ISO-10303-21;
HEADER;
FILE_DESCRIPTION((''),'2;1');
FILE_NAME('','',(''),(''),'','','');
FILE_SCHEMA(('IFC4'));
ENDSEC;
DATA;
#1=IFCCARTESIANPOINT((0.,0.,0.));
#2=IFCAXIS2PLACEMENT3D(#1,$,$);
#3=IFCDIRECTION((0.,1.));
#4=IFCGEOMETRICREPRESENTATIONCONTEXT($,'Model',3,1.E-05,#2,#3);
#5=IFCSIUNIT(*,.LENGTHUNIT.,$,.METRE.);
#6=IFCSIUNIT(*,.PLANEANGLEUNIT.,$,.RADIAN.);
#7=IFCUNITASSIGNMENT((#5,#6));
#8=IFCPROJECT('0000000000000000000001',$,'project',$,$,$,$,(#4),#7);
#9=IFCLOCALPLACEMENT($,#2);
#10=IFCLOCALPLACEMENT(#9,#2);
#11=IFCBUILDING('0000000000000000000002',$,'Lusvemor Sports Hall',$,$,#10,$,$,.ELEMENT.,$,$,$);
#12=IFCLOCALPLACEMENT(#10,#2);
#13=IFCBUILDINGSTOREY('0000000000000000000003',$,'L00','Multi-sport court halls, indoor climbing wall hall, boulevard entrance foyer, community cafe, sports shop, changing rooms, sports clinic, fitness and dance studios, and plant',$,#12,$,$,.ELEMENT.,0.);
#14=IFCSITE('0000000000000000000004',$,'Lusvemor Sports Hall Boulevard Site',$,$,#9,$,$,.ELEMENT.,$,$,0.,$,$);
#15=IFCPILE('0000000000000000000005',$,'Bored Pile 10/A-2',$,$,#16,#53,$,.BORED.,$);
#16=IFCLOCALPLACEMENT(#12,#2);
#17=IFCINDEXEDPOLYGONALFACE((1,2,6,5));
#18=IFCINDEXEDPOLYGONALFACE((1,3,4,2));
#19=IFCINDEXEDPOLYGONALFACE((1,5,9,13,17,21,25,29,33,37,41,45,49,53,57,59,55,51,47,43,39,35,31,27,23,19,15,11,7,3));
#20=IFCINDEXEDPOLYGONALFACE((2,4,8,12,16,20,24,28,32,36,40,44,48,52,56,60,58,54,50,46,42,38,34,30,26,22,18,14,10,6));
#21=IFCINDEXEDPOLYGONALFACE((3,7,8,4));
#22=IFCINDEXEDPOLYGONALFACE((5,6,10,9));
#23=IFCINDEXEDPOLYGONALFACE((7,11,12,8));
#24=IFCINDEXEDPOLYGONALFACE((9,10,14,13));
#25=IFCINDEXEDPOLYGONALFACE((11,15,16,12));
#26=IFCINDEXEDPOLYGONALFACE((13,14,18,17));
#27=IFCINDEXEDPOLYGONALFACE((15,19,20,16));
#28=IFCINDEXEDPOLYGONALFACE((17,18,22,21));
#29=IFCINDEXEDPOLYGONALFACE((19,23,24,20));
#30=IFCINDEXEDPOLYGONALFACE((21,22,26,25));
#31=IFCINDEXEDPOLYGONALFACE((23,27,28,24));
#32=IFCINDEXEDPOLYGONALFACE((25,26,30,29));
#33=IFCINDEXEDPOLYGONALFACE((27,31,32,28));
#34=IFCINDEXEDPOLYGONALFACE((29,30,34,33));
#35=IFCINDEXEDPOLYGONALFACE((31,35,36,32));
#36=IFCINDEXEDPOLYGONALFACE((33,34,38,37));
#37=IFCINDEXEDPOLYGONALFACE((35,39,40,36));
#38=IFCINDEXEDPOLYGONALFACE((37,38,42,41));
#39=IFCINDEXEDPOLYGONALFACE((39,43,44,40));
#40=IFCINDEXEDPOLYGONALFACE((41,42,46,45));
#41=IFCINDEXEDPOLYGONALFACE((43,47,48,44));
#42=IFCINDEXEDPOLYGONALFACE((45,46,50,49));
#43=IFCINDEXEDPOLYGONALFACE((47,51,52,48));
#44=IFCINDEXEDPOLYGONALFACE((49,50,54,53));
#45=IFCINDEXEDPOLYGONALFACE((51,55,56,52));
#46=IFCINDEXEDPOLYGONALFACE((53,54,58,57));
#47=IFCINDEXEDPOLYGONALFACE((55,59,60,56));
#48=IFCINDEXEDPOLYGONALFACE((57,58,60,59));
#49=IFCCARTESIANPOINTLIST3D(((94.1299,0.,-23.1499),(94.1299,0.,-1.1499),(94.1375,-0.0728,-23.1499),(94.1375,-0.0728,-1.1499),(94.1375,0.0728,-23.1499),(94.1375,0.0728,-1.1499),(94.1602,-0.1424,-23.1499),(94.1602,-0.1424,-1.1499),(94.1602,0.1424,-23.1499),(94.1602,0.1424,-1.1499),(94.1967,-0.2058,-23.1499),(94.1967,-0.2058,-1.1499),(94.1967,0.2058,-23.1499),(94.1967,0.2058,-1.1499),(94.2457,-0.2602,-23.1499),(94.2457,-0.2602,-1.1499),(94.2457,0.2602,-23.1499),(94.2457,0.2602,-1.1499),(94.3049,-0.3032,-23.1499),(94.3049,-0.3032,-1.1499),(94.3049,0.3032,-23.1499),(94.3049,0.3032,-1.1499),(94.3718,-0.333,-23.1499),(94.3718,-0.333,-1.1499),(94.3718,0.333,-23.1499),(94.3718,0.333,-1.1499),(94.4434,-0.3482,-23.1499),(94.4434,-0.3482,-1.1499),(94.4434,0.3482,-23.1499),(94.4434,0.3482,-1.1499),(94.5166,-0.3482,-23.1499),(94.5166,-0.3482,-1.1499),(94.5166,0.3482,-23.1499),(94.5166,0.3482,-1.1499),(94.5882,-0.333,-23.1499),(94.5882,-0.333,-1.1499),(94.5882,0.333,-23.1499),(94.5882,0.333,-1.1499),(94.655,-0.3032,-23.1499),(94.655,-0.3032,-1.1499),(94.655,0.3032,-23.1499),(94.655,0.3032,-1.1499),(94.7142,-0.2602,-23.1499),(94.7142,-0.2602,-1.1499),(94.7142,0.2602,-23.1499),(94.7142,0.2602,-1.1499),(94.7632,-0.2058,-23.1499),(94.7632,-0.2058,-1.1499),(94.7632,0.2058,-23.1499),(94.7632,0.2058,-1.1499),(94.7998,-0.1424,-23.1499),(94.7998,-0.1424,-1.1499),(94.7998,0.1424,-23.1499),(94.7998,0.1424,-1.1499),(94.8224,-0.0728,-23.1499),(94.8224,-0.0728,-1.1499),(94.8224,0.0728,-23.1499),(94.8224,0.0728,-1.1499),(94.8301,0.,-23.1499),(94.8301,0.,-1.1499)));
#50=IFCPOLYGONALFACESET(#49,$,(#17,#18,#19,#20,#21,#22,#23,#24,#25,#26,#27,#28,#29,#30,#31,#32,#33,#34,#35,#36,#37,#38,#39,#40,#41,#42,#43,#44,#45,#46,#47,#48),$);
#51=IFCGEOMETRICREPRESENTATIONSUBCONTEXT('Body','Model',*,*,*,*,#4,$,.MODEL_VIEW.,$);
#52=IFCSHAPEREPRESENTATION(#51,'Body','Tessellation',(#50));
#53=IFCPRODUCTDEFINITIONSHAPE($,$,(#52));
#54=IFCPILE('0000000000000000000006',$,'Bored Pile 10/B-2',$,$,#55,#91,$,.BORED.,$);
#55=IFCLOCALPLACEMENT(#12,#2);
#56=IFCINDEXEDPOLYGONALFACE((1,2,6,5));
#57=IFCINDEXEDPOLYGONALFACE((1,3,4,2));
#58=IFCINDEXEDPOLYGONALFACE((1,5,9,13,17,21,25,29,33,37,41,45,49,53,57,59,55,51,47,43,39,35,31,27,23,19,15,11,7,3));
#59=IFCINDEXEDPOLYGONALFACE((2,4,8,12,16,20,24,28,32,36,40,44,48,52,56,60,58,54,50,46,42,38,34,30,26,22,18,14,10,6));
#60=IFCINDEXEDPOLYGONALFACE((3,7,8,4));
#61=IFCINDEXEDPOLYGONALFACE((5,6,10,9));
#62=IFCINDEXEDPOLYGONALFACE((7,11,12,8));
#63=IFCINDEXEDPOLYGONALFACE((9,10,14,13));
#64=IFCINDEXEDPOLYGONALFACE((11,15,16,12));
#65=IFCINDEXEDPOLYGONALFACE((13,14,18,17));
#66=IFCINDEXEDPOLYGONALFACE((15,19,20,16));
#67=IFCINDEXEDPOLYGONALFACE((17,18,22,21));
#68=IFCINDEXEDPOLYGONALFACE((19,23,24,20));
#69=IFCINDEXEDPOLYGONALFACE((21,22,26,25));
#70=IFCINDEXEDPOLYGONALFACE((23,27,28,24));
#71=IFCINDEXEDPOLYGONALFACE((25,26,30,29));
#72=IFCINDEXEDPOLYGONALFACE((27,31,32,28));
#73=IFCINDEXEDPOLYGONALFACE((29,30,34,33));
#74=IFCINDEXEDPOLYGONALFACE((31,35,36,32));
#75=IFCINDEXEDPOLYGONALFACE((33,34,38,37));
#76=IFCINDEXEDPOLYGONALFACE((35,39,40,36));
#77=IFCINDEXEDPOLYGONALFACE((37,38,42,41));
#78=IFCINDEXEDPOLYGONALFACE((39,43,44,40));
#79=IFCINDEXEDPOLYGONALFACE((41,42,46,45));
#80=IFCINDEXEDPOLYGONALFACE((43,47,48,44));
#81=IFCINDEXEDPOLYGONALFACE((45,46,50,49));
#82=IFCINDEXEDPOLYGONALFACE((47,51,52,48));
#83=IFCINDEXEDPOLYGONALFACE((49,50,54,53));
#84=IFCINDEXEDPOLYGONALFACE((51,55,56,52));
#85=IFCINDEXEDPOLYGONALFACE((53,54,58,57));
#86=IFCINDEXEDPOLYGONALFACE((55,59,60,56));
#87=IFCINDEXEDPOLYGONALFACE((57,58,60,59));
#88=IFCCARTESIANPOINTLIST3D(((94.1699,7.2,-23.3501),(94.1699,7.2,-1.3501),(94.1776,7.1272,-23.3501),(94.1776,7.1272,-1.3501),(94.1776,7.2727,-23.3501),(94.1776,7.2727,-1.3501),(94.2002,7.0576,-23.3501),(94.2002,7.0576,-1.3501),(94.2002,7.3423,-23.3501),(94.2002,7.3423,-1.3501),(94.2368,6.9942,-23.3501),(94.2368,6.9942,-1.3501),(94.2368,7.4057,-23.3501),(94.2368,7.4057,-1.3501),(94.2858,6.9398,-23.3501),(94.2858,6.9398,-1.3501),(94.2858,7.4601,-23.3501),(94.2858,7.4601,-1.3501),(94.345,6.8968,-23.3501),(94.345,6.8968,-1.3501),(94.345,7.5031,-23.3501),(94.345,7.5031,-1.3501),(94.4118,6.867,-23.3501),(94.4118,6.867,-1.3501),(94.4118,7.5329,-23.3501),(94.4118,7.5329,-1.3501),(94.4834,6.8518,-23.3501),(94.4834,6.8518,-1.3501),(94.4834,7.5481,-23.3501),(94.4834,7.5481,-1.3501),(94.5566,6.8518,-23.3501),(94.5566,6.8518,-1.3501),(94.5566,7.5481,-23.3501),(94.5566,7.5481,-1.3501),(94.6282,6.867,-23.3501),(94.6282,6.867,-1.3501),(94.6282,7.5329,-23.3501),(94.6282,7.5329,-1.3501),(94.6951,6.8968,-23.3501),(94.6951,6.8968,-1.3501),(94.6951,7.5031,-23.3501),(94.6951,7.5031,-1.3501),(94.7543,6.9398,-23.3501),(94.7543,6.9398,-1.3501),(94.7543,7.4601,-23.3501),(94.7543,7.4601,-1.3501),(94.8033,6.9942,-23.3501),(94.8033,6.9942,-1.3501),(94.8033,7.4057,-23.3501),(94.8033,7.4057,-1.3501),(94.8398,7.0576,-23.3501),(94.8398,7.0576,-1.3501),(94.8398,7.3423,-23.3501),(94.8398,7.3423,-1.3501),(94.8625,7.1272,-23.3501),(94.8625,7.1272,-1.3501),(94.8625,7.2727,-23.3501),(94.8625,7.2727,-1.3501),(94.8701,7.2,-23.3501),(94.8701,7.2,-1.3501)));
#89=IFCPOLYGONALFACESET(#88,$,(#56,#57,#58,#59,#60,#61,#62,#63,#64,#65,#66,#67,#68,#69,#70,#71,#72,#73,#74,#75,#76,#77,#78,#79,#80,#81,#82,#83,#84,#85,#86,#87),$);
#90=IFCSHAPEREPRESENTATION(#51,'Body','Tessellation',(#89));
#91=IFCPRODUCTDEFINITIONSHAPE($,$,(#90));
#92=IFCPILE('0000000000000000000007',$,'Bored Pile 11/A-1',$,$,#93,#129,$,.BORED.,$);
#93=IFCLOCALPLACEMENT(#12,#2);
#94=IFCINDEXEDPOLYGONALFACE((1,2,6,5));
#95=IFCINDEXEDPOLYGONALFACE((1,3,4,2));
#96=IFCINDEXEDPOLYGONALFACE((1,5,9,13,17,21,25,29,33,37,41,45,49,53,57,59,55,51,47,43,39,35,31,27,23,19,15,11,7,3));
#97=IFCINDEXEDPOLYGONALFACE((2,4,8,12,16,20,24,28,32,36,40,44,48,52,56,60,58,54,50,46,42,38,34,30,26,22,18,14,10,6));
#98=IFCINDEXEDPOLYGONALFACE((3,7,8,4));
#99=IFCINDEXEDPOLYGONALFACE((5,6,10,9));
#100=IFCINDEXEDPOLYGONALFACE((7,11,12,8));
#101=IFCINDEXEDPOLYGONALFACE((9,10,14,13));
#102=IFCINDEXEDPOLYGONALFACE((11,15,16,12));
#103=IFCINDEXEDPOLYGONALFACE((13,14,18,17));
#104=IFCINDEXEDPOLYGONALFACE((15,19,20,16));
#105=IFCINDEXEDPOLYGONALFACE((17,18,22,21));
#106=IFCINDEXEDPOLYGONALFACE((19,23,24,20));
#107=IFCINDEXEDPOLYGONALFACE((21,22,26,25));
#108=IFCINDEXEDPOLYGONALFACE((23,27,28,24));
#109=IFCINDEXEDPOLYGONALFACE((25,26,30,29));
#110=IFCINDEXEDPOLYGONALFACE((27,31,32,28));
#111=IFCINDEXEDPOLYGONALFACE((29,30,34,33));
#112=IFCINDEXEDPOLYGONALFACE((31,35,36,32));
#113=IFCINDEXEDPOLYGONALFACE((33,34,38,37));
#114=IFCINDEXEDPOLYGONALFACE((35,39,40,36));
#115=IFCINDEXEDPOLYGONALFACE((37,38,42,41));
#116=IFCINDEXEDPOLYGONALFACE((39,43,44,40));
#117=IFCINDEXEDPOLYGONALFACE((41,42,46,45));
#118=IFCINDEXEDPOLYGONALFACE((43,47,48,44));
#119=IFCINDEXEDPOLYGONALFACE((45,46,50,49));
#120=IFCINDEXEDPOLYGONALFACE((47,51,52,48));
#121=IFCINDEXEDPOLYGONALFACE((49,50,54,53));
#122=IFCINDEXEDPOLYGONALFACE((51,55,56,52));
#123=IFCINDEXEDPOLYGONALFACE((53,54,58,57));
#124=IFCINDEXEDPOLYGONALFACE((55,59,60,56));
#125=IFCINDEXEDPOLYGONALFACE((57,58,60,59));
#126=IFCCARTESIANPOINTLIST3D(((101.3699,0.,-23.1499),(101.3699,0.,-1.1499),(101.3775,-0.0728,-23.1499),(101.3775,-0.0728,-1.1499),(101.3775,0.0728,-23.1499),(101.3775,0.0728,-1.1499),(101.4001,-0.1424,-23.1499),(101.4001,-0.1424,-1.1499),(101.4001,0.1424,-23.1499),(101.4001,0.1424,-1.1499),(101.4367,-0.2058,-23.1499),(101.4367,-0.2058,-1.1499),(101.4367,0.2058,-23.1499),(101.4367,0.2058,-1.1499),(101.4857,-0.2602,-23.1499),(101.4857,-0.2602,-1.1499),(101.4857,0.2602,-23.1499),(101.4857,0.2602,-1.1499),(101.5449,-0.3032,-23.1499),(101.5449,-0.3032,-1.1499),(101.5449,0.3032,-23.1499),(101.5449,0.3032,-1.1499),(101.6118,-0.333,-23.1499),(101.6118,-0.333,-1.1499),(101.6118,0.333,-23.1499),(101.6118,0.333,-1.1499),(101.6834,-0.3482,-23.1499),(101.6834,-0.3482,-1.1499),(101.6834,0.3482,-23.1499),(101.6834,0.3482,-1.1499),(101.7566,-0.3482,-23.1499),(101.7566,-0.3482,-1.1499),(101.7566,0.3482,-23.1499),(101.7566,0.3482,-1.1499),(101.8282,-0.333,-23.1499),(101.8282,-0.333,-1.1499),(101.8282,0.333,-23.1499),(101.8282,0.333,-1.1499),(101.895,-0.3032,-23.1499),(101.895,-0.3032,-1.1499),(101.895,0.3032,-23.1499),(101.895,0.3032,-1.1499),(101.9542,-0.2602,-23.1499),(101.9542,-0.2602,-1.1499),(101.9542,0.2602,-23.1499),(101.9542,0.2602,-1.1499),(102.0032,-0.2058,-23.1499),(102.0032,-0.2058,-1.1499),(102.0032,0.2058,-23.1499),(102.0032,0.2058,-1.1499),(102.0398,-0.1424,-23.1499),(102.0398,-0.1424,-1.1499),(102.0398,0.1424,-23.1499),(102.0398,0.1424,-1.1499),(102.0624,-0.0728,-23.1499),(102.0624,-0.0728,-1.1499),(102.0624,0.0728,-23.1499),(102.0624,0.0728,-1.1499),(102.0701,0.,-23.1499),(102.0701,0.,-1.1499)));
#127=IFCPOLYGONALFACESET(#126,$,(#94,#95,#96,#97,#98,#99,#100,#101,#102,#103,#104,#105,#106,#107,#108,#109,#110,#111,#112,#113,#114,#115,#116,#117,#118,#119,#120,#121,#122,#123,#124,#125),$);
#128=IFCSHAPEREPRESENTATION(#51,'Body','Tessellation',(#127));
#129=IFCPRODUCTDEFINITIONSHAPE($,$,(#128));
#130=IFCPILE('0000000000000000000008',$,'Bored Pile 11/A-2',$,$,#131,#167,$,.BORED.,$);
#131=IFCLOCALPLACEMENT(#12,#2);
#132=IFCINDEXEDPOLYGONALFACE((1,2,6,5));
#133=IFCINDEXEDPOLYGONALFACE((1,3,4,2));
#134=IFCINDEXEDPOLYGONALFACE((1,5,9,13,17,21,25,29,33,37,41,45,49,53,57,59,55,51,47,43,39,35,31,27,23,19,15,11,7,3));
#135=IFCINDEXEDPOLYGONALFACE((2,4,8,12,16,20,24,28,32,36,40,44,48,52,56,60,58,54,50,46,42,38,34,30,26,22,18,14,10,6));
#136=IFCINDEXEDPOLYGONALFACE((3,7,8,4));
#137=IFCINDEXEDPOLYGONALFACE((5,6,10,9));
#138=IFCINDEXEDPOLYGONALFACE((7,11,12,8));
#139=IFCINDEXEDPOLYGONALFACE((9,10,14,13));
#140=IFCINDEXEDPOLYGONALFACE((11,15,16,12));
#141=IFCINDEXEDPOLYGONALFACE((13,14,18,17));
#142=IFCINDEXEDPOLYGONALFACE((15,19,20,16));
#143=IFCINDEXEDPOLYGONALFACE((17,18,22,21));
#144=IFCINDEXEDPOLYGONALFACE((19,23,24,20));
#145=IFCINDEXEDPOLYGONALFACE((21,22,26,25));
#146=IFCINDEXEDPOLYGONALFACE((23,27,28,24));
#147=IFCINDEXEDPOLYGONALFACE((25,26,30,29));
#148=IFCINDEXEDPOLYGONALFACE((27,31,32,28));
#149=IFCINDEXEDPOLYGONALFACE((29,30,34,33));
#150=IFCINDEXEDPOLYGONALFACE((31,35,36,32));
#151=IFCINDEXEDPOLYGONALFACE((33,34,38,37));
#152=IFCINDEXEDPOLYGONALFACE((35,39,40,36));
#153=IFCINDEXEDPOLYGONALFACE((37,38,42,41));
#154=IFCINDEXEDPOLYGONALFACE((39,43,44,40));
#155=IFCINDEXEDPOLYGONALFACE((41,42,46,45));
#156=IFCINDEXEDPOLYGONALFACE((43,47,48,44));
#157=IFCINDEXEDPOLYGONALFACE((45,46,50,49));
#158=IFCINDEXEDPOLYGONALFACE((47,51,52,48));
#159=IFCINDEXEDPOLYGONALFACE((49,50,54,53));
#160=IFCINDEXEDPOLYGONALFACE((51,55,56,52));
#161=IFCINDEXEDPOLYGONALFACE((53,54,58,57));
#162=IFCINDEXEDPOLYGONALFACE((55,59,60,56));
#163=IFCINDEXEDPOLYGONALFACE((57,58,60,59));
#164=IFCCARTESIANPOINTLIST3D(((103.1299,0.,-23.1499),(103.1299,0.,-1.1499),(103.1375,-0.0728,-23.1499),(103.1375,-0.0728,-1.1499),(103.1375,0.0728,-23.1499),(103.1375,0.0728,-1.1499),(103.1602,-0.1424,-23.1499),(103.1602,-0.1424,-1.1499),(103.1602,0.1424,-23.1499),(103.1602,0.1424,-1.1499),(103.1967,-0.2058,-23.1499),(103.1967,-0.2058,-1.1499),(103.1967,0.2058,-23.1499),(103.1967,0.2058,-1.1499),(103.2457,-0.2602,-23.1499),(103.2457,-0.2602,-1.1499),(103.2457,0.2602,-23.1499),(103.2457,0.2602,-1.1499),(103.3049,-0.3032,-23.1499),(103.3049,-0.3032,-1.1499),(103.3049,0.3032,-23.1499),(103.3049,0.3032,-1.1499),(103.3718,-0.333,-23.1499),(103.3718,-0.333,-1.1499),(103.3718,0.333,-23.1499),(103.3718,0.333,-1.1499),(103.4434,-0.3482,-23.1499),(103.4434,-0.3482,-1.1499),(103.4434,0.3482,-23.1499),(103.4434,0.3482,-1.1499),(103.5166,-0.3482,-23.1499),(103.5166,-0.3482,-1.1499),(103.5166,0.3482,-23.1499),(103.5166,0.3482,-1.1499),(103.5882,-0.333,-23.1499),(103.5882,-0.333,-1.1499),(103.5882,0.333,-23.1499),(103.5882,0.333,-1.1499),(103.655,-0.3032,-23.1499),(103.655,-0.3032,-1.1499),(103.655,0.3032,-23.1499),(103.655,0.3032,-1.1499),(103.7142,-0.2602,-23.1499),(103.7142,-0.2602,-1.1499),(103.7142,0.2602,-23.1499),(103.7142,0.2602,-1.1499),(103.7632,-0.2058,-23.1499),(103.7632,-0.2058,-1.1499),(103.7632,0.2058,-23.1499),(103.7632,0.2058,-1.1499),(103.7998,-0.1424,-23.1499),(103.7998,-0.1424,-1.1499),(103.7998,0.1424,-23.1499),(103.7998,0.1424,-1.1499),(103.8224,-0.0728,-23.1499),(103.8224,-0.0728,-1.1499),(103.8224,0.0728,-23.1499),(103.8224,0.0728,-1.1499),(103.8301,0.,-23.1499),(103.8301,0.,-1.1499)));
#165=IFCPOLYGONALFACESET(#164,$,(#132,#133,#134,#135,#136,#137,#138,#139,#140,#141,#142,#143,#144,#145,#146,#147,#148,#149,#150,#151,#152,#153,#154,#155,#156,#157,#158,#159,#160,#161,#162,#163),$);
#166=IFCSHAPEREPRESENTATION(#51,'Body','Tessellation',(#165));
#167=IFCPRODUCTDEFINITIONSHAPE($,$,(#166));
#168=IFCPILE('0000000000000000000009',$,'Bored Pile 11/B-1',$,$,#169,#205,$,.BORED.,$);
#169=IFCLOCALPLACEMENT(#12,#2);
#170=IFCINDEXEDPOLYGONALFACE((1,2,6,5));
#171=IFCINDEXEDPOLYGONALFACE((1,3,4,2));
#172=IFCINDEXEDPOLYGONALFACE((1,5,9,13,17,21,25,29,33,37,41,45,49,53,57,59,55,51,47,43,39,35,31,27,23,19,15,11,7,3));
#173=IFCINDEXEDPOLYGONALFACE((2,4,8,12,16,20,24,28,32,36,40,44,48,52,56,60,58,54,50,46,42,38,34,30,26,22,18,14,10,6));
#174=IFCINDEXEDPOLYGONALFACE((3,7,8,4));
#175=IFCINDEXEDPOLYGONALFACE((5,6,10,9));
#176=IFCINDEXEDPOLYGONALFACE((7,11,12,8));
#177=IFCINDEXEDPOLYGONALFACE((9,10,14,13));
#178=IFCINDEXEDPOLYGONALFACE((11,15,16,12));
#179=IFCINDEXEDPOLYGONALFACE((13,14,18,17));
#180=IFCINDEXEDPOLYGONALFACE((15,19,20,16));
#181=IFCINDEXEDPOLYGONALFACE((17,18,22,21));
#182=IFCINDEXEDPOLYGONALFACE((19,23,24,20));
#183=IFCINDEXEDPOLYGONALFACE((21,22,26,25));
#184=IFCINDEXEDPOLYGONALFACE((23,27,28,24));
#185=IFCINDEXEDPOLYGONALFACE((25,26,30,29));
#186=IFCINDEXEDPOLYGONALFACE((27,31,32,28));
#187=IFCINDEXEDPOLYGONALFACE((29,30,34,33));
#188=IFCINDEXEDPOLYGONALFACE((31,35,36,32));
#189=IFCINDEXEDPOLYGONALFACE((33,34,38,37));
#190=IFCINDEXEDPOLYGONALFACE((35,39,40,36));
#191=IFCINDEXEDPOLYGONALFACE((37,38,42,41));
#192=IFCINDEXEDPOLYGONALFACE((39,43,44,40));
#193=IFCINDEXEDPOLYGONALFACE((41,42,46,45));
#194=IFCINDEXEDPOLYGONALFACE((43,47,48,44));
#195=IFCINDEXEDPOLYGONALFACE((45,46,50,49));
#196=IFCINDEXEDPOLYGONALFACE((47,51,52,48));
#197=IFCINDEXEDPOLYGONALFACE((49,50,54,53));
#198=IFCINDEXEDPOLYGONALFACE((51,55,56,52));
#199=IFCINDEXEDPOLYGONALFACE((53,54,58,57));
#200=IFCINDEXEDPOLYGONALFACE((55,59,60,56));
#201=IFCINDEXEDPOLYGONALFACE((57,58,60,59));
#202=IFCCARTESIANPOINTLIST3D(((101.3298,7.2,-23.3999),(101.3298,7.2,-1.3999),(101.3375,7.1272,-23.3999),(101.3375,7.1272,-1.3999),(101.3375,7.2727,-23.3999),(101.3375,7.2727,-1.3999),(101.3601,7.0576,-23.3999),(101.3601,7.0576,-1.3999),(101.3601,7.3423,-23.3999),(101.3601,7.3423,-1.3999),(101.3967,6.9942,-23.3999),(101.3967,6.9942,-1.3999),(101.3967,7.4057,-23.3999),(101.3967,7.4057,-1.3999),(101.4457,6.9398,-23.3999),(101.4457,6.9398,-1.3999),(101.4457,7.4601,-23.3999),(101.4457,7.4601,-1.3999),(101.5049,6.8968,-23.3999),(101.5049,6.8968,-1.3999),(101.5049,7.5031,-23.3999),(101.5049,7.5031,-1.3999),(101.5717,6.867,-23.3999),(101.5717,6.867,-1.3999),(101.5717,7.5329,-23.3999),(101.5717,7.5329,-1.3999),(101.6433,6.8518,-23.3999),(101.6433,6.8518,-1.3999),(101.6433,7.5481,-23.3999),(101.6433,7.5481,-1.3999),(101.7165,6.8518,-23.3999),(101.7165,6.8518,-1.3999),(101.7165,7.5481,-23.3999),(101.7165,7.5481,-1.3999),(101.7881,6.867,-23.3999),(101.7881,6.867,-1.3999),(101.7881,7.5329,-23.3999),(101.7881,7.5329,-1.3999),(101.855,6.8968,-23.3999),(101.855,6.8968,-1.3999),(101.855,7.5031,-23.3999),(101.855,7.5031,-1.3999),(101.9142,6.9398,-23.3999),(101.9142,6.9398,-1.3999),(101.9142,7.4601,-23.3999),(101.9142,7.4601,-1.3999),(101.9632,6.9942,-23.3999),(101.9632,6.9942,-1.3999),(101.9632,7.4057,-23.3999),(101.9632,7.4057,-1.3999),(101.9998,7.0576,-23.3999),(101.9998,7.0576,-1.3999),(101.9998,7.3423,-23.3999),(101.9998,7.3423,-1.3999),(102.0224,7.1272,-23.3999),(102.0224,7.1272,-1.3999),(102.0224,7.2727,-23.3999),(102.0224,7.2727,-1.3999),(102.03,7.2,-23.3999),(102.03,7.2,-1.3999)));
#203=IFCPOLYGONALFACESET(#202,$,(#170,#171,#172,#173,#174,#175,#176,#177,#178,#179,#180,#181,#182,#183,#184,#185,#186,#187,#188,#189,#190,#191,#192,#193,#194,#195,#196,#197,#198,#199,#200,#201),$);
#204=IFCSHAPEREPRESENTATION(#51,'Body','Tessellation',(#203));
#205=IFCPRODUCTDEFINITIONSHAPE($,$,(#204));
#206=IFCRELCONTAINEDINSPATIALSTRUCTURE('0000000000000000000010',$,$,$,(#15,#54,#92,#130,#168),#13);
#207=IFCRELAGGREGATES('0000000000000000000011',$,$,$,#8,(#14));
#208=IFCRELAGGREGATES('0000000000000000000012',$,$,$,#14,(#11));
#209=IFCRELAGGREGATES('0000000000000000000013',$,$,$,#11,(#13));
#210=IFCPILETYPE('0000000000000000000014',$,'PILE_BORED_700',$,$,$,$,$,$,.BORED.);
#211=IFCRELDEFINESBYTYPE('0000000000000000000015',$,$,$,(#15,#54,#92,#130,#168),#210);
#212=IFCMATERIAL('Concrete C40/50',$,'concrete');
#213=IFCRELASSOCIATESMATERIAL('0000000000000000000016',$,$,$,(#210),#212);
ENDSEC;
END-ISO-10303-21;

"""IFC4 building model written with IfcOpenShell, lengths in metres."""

from ifc_helpers import new_model, si_unit, direction, frame, origin, origin_2d, place, context, subcontext, project, spatial, circle, extrude, material, material_profile, profile_set, type_object, element, save


model = new_model("IFC4")

# Units and contexts
model_context = context("Model", 3, precision=1e-05, world=origin(), true_north=direction((0.0, 1.0)))
body_context = subcontext(model_context, "Body", "Model", "MODEL_VIEW")
ifc_project = project(units=[si_unit("LENGTHUNIT", "METRE"), si_unit("PLANEANGLEUNIT", "RADIAN")], contexts=[model_context])

# Site, building, storey
site_placement = place(None, origin())
site = spatial("IfcSite", under=ifc_project, at=site_placement, Name="Lusvemor Sports Hall Boulevard Site", CompositionType="ELEMENT", RefElevation=0.0)
building_placement = place(site_placement, origin())
building = spatial("IfcBuilding", under=site, at=building_placement, Name="Lusvemor Sports Hall", CompositionType="ELEMENT")
storey_placement = place(building_placement, origin())
storey = spatial("IfcBuildingStorey", under=building, at=storey_placement, Name="L00", Description="Multi-sport court halls, indoor climbing wall hall, boulevard entrance foyer, community cafe, sports shop, changing rooms, sports clinic, fitness and dance studios, and plant", CompositionType="ELEMENT", Elevation=0.0)

# Piles
ifc_material_1 = material(Name="Concrete C40/50", Category="concrete")
ifc_material_profile_1 = material_profile(ifc_material_1, circle(Radius=0.3501, at=origin_2d()), Name="PILE700")
ifc_profile_set_1 = profile_set([ifc_material_profile_1], Name="Concrete C40/50")
pile_type = type_object("IfcPileType", Name="PILE_BORED_700", PredefinedType="BORED", material=ifc_profile_set_1)
for number, where, z_axis, x_axis, name in (
    (1, (94.48, 0.0, -1.1499), (0.0, 0.0, -1.0), (1.0, 0.0, 0.0), "Bored Pile 10/A-2"),
    (2, (94.52, 7.2, -1.3501), (0.0, 0.0, -1.0), (1.0, 0.0, 0.0), "Bored Pile 10/B-2"),
    (3, (101.72, 0.0, -1.1499), (0.0, 0.0, -1.0), (1.0, 0.0, 0.0), "Bored Pile 11/A-1"),
    (4, (103.48, 0.0, -1.1499), (0.0, 0.0, -1.0), (1.0, 0.0, 0.0), "Bored Pile 11/A-2"),
    (5, (101.6799, 7.2, -1.3999), (0.0, 0.0, -1.0), (1.0, 0.0, 0.0), "Bored Pile 11/B-1"),
):
    element("IfcPile", number, at=place(storey_placement, frame(where, z_axis=z_axis, x_axis=x_axis)), inside=storey, type_object=pile_type, Name=name, PredefinedType="BORED", context=body_context, shape_type="SweptSolid", body=[
        extrude(circle(Radius=0.3501, at=origin_2d()), origin(), (0.0, 0.0, 1.0), 22.0),
    ])

save(model, "model.ifc")
